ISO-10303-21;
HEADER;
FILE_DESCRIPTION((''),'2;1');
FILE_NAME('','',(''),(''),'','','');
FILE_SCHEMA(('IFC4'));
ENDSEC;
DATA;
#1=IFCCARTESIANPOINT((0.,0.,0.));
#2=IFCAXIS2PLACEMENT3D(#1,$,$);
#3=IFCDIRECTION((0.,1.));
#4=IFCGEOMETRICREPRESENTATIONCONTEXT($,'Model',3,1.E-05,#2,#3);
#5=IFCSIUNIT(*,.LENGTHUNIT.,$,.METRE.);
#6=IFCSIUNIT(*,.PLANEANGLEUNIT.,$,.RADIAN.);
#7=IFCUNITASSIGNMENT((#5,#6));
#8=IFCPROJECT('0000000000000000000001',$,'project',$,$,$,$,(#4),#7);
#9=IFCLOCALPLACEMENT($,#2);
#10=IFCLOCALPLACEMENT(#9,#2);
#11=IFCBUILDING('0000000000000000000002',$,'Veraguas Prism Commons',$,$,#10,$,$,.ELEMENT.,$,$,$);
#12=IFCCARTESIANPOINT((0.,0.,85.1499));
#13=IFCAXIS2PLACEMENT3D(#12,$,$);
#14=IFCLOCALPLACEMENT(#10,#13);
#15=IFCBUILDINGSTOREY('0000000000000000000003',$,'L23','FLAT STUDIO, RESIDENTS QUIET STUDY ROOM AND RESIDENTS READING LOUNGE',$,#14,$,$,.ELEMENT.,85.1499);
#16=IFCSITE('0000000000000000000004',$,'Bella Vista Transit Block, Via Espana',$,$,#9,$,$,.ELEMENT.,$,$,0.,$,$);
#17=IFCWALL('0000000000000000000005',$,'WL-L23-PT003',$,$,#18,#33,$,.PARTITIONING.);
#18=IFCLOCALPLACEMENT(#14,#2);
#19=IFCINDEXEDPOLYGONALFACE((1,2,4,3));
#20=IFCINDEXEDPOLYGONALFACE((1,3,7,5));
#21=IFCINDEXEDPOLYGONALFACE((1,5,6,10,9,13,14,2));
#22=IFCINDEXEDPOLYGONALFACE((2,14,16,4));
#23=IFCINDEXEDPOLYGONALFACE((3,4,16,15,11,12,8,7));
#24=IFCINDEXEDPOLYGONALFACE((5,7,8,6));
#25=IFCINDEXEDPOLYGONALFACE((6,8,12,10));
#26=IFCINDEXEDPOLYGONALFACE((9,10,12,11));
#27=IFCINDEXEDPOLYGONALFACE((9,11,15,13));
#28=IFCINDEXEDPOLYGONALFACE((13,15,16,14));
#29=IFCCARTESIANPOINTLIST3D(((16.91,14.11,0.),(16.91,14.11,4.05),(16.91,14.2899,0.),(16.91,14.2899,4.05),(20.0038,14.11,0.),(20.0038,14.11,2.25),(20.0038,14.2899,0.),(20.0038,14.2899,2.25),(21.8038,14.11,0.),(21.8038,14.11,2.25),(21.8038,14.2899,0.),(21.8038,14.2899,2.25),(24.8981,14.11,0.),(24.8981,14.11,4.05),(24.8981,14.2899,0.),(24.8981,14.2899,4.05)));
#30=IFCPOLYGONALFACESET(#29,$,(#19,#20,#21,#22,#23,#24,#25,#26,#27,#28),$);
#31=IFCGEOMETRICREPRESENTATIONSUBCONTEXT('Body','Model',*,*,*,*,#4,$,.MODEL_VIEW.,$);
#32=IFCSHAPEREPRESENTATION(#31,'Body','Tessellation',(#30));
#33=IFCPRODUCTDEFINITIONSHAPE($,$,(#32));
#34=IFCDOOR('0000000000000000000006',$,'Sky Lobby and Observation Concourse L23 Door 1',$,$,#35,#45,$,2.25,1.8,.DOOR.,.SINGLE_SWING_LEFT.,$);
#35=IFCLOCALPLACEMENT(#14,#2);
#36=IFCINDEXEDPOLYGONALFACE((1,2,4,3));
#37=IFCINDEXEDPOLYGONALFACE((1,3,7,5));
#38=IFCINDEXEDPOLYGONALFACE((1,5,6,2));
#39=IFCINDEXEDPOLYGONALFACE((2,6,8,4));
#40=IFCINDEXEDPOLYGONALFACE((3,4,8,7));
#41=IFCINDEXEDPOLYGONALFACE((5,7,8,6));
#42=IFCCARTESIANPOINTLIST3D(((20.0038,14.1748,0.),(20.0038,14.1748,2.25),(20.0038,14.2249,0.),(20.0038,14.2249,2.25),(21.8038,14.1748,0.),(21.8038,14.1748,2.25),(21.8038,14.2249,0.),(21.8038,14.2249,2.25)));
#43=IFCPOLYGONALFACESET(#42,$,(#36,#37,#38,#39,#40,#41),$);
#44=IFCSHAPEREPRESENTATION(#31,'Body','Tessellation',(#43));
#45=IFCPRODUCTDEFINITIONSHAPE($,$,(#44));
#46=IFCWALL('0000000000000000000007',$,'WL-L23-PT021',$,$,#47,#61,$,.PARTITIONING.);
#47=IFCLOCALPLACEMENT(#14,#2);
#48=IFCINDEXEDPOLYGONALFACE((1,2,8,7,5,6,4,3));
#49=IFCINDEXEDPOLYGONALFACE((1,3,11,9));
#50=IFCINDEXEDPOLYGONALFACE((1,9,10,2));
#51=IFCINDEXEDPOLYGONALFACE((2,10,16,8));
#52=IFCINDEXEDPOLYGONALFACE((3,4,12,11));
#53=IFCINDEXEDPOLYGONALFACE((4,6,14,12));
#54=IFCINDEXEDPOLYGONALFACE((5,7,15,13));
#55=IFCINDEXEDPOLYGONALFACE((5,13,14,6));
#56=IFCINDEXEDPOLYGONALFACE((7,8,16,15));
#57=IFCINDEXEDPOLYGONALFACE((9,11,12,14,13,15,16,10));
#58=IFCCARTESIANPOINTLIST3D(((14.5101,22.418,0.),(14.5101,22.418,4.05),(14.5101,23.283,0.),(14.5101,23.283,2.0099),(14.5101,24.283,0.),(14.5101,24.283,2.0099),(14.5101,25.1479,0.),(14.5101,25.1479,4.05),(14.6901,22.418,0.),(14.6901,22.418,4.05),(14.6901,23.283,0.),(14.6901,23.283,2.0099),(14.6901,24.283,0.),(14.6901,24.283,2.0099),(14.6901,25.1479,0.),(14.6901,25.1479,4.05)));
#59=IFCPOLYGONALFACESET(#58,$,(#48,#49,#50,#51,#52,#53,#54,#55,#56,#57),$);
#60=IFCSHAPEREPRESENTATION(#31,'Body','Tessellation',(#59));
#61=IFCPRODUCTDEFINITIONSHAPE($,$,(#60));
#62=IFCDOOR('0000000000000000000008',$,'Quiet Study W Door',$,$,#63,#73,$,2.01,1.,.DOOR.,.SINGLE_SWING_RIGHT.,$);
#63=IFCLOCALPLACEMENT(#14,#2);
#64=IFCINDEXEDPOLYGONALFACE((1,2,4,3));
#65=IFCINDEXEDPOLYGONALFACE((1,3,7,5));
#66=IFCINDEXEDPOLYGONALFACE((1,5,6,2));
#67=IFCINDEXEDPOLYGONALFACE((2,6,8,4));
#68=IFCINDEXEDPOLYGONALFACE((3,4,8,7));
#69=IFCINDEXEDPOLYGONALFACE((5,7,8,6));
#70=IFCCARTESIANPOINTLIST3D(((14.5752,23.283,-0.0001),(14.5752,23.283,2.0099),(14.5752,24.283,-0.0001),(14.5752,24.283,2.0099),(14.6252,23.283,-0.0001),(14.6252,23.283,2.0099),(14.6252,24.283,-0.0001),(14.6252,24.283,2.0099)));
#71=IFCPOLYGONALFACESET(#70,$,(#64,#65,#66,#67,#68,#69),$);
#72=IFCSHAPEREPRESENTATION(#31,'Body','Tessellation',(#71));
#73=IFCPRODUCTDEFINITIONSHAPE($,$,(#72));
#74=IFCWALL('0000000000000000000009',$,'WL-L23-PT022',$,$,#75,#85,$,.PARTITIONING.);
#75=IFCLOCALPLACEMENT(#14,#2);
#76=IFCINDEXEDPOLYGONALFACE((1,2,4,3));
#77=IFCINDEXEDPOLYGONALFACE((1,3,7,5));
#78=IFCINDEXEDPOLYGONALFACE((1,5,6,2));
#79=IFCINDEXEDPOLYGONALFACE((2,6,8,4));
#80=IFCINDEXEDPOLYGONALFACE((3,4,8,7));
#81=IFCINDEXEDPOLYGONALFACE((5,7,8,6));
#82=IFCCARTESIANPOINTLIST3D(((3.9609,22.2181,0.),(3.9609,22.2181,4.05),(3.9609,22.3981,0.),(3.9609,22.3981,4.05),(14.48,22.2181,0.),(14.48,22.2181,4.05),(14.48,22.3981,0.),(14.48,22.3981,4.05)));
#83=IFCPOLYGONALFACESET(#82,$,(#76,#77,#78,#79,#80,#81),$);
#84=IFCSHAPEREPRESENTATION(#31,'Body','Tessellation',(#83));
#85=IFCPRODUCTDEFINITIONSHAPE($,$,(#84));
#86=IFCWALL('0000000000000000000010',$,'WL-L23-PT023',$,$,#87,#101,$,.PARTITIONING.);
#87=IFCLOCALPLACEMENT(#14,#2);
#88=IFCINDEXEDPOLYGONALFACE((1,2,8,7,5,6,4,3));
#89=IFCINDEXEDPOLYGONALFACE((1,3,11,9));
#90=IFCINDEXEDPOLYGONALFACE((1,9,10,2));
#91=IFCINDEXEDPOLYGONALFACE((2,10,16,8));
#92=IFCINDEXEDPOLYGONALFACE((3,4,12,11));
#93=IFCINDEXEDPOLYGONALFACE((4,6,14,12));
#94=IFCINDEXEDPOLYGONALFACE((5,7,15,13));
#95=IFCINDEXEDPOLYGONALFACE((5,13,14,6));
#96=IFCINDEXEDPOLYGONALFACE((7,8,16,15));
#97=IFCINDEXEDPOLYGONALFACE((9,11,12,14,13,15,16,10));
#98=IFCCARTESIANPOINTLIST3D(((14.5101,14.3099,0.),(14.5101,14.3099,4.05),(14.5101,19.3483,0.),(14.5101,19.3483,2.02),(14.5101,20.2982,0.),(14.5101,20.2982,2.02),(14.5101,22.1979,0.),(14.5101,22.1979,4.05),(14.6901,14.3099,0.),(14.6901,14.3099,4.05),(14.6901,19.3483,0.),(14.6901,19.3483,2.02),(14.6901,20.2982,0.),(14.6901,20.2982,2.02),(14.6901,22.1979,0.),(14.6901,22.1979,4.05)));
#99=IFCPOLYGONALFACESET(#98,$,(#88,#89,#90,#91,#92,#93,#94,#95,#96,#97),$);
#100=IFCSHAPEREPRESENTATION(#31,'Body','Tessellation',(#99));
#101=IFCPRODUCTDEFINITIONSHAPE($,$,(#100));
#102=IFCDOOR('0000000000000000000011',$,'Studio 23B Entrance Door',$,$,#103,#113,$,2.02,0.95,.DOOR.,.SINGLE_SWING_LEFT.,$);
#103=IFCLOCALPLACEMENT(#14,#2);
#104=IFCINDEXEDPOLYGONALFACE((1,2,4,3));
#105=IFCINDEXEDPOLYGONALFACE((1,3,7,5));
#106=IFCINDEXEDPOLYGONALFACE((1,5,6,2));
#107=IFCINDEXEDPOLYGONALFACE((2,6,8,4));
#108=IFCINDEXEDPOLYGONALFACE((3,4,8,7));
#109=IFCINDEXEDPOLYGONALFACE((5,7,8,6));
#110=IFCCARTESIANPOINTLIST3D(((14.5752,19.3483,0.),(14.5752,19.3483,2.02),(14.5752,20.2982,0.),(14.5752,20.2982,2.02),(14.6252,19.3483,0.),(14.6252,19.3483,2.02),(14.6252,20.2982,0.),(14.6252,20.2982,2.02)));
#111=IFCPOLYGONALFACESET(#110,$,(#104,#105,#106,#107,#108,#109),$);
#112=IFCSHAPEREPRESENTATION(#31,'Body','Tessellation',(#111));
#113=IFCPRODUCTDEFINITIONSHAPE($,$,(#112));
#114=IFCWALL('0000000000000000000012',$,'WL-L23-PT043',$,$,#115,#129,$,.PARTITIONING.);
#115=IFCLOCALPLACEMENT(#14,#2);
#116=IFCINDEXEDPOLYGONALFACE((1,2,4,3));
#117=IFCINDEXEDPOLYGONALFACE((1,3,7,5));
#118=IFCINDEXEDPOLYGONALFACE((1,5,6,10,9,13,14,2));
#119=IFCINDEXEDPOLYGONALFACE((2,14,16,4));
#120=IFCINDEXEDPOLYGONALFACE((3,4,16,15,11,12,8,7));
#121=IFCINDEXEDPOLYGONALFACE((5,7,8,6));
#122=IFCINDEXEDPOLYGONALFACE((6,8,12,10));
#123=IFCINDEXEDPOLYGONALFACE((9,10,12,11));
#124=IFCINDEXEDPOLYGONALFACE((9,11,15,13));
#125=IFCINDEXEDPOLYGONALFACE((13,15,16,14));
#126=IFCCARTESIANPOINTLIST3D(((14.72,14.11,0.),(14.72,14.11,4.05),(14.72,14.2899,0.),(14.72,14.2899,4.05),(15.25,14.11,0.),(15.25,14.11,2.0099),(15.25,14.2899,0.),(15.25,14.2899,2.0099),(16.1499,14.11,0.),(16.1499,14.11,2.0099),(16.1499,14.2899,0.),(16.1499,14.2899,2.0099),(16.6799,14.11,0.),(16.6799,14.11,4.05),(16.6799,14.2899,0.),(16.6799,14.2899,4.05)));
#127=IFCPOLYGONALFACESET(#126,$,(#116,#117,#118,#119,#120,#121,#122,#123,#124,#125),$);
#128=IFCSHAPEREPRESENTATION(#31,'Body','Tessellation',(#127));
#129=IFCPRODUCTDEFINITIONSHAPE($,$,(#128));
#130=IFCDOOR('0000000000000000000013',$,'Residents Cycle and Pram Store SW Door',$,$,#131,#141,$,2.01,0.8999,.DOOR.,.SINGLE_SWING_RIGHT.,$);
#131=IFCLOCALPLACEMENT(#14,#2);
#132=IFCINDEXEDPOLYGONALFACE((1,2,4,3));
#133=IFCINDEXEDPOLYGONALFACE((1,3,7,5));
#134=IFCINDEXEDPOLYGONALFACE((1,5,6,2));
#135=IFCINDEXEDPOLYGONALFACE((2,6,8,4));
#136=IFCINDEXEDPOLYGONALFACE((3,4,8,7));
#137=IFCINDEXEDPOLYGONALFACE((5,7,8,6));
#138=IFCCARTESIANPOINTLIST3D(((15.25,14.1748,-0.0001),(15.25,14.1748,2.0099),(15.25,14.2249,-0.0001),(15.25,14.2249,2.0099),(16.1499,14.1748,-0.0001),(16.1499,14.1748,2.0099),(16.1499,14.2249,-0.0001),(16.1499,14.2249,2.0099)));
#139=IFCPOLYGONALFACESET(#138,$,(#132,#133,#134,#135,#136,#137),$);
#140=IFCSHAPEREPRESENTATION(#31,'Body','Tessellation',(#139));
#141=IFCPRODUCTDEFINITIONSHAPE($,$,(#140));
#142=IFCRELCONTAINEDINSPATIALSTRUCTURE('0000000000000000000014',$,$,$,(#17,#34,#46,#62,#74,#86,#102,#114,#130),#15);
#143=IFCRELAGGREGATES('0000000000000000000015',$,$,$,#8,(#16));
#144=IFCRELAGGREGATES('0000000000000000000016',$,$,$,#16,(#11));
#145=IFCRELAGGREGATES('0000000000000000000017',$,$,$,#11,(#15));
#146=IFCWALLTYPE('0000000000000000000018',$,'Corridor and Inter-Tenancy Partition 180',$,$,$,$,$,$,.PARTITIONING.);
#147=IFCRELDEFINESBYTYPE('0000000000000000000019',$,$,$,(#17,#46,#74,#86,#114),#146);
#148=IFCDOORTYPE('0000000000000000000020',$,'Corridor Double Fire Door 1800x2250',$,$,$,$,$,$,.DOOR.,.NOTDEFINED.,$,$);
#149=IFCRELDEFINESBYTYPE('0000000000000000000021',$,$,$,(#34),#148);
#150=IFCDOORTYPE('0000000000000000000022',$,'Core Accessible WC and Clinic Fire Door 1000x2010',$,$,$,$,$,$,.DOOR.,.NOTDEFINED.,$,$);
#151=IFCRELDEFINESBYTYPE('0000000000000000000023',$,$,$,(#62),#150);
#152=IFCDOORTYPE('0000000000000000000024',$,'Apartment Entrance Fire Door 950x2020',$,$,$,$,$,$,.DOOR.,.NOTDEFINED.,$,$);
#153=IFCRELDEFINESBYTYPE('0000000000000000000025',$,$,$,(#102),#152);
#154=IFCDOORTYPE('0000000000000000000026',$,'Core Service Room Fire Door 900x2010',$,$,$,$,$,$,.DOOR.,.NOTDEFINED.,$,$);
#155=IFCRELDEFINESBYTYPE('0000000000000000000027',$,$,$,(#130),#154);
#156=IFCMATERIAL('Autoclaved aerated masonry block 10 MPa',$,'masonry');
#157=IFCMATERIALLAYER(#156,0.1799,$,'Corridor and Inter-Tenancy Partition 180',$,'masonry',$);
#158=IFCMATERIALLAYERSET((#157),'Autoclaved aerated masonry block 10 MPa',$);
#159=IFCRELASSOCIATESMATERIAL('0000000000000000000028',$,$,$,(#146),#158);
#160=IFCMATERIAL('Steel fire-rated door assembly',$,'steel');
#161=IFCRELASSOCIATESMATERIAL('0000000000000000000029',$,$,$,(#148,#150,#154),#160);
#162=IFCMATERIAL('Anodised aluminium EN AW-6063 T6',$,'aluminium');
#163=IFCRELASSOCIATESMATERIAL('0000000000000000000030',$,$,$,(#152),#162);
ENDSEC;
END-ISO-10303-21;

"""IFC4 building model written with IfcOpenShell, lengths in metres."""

from ifc_helpers import new_model, si_unit, direction, frame, frame_2d, origin, place, context, subcontext, project, spatial, rectangle, extrude, source, transform, mapped, material, layer, layer_set, type_object, element, fill, save


model = new_model("IFC4")

# Units and contexts
model_context = context("Model", 3, precision=1e-05, world=origin(), true_north=direction((0.0, 1.0)))
body_context = subcontext(model_context, "Body", "Model", "MODEL_VIEW")
ifc_project = project(units=[si_unit("LENGTHUNIT", "METRE"), si_unit("PLANEANGLEUNIT", "RADIAN")], contexts=[model_context])

# Site, building, storey
site_placement = place(None, origin())
site = spatial("IfcSite", under=ifc_project, at=site_placement, Name="Bella Vista Transit Block, Via Espana", CompositionType="ELEMENT", RefElevation=0.0)
building_placement = place(site_placement, origin())
building = spatial("IfcBuilding", under=site, at=building_placement, Name="Veraguas Prism Commons", CompositionType="ELEMENT")
storey_placement = place(building_placement, frame((0.0, 0.0, 85.1499)))
storey = spatial("IfcBuildingStorey", under=building, at=storey_placement, Name="L23", Description="FLAT STUDIO, RESIDENTS QUIET STUDY ROOM AND RESIDENTS READING LOUNGE", CompositionType="ELEMENT", Elevation=85.1499)

# Shared definitions
ifc_material_1 = material(Name="Steel fire-rated door assembly", Category="steel")

# Walls, openings, doors
ifc_material_2 = material(Name="Autoclaved aerated masonry block 10 MPa", Category="masonry")
ifc_layer_1 = layer(ifc_material_2, 0.1799, Name="Corridor and Inter-Tenancy Partition 180", Category="masonry")
ifc_layer_set_1 = layer_set([ifc_layer_1], Name="Autoclaved aerated masonry block 10 MPa")
wall_type_1 = type_object("IfcWallType", Name="Corridor and Inter-Tenancy Partition 180", PredefinedType="PARTITIONING", material=ifc_layer_set_1)
wall_1_placement = place(storey_placement, frame((16.9099, 14.2, 0.0), z_axis=(0.0, 0.0, 1.0), x_axis=(1.0, 0.0, 0.0)))
wall_1 = element("IfcWall", 1, at=wall_1_placement, inside=storey, type_object=wall_type_1, Name="WL-L23-PT003", PredefinedType="PARTITIONING", context=body_context, shape_type="SweptSolid", body=[
    extrude(rectangle(XDim=7.988, YDim=0.1799, at=frame_2d((3.9941, 0.0))), origin(), (0.0, 0.0, 1.0), 4.05),
])
opening_1_placement = place(wall_1_placement, frame((3.094, 0.0, 0.0)))
opening_1 = element("IfcOpeningElement", 2, at=opening_1_placement, cuts=wall_1, PredefinedType="OPENING", context=body_context, shape_type="SweptSolid", body=[
    extrude(rectangle(XDim=1.8, YDim=2.25, at=frame_2d((0.8999, 1.125))), frame((0.0, 0.0999, 0.0), z_axis=(0.0, -1.0, 0.0), x_axis=(1.0, 0.0, 0.0)), (0.0, 0.0, 1.0), 0.2),
])
door_type_1 = type_object("IfcDoorType", Name="Corridor Double Fire Door 1800x2250", OperationType="NOTDEFINED", PredefinedType="DOOR", material=ifc_material_1)
shared_shape_1 = source(origin(), body_context, "Body", "SweptSolid", [
    extrude(rectangle(XDim=1.8, YDim=2.25, at=frame_2d((0.8999, 1.125))), frame((0.0, 0.0249, 0.0), z_axis=(0.0, -1.0, 0.0), x_axis=(1.0, 0.0, 0.0)), (0.0, 0.0, 1.0), 0.05),
])
door_1_placement = place(opening_1_placement, origin())
door_1 = element("IfcDoor", 3, at=door_1_placement, inside=storey, type_object=door_type_1, Name="Sky Lobby and Observation Concourse L23 Door 1", OperationType="SINGLE_SWING_LEFT", OverallHeight=2.25, OverallWidth=1.8, PredefinedType="DOOR", context=body_context, shape_type="MappedRepresentation", body=[
    mapped(shared_shape_1, transform((0.0, 0.0, 0.0), scale=1.0)),
])
fill(opening_1, door_1)
wall_2_placement = place(storey_placement, frame((14.6001, 22.418, 0.0), z_axis=(0.0, 0.0, 1.0), x_axis=(0.0, 1.0, 0.0)))
wall_2 = element("IfcWall", 4, at=wall_2_placement, inside=storey, type_object=wall_type_1, Name="WL-L23-PT021", PredefinedType="PARTITIONING", context=body_context, shape_type="SweptSolid", body=[
    extrude(rectangle(XDim=2.73, YDim=0.1799, at=frame_2d((1.365, 0.0))), origin(), (0.0, 0.0, 1.0), 4.05),
])
opening_2_placement = place(wall_2_placement, frame((0.865, 0.0, 0.0)))
opening_2 = element("IfcOpeningElement", 5, at=opening_2_placement, cuts=wall_2, PredefinedType="OPENING", context=body_context, shape_type="SweptSolid", body=[
    extrude(rectangle(XDim=1.0, YDim=2.01, at=frame_2d((0.5, 1.0049))), frame((0.0, 0.0999, 0.0), z_axis=(0.0, -1.0, 0.0), x_axis=(1.0, 0.0, 0.0)), (0.0, 0.0, 1.0), 0.2),
])
door_type_2 = type_object("IfcDoorType", Name="Core Accessible WC and Clinic Fire Door 1000x2010", OperationType="NOTDEFINED", PredefinedType="DOOR", material=ifc_material_1)
shared_shape_2 = source(origin(), body_context, "Body", "SweptSolid", [
    extrude(rectangle(XDim=1.0, YDim=2.01, at=frame_2d((0.5, 1.0049))), frame((0.0, 0.0249, 0.0), z_axis=(0.0, -1.0, 0.0), x_axis=(1.0, 0.0, 0.0)), (0.0, 0.0, 1.0), 0.05),
])
door_2_placement = place(opening_2_placement, origin())
door_2 = element("IfcDoor", 6, at=door_2_placement, inside=storey, type_object=door_type_2, Name="Quiet Study W Door", OperationType="SINGLE_SWING_RIGHT", OverallHeight=2.01, OverallWidth=1.0, PredefinedType="DOOR", context=body_context, shape_type="MappedRepresentation", body=[
    mapped(shared_shape_2, transform((0.0, 0.0, 0.0), scale=1.0)),
])
fill(opening_2, door_2)

# Wall
wall_3_placement = place(storey_placement, frame((14.48, 22.3081, 0.0), z_axis=(0.0, 0.0, 1.0), x_axis=(-1.0, 0.0, 0.0)))
element("IfcWall", 7, at=wall_3_placement, inside=storey, type_object=wall_type_1, Name="WL-L23-PT022", PredefinedType="PARTITIONING", context=body_context, shape_type="SweptSolid", body=[
    extrude(rectangle(XDim=10.519, YDim=0.1799, at=frame_2d((5.2595, 0.0))), origin(), (0.0, 0.0, 1.0), 4.05),
])

# Walls, openings, doors
wall_4_placement = place(storey_placement, frame((14.6001, 14.3101, 0.0), z_axis=(0.0, 0.0, 1.0), x_axis=(0.0, 1.0, 0.0)))
wall_4 = element("IfcWall", 8, at=wall_4_placement, inside=storey, type_object=wall_type_1, Name="WL-L23-PT023", PredefinedType="PARTITIONING", context=body_context, shape_type="SweptSolid", body=[
    extrude(rectangle(XDim=7.8879, YDim=0.1799, at=frame_2d((3.9438, 0.0))), origin(), (0.0, 0.0, 1.0), 4.05),
])
opening_3_placement = place(wall_4_placement, frame((5.0381, 0.0, 0.0)))
opening_3 = element("IfcOpeningElement", 9, at=opening_3_placement, cuts=wall_4, PredefinedType="OPENING", context=body_context, shape_type="SweptSolid", body=[
    extrude(rectangle(XDim=0.95, YDim=2.02, at=frame_2d((0.4751, 1.01))), frame((0.0, 0.0999, 0.0), z_axis=(0.0, -1.0, 0.0), x_axis=(1.0, 0.0, 0.0)), (0.0, 0.0, 1.0), 0.2),
])
ifc_material_3 = material(Name="Anodised aluminium EN AW-6063 T6", Category="aluminium")
door_type_3 = type_object("IfcDoorType", Name="Apartment Entrance Fire Door 950x2020", OperationType="NOTDEFINED", PredefinedType="DOOR", material=ifc_material_3)
shared_shape_3 = source(origin(), body_context, "Body", "SweptSolid", [
    extrude(rectangle(XDim=0.95, YDim=2.02, at=frame_2d((0.4751, 1.01))), frame((0.0, 0.0249, 0.0), z_axis=(0.0, -1.0, 0.0), x_axis=(1.0, 0.0, 0.0)), (0.0, 0.0, 1.0), 0.05),
])
door_3_placement = place(opening_3_placement, origin())
door_3 = element("IfcDoor", 10, at=door_3_placement, inside=storey, type_object=door_type_3, Name="Studio 23B Entrance Door", OperationType="SINGLE_SWING_LEFT", OverallHeight=2.02, OverallWidth=0.95, PredefinedType="DOOR", context=body_context, shape_type="MappedRepresentation", body=[
    mapped(shared_shape_3, transform((0.0, 0.0, 0.0), scale=1.0)),
])
fill(opening_3, door_3)
wall_5_placement = place(storey_placement, frame((14.72, 14.2, 0.0), z_axis=(0.0, 0.0, 1.0), x_axis=(1.0, 0.0, 0.0)))
wall_5 = element("IfcWall", 11, at=wall_5_placement, inside=storey, type_object=wall_type_1, Name="WL-L23-PT043", PredefinedType="PARTITIONING", context=body_context, shape_type="SweptSolid", body=[
    extrude(rectangle(XDim=1.96, YDim=0.1799, at=frame_2d((0.98, 0.0))), origin(), (0.0, 0.0, 1.0), 4.05),
])
opening_4_placement = place(wall_5_placement, frame((0.53, 0.0, 0.0)))
opening_4 = element("IfcOpeningElement", 12, at=opening_4_placement, cuts=wall_5, PredefinedType="OPENING", context=body_context, shape_type="SweptSolid", body=[
    extrude(rectangle(XDim=0.8999, YDim=2.01, at=frame_2d((0.45, 1.0049))), frame((0.0, 0.0999, 0.0), z_axis=(0.0, -1.0, 0.0), x_axis=(1.0, 0.0, 0.0)), (0.0, 0.0, 1.0), 0.2),
])
door_type_4 = type_object("IfcDoorType", Name="Core Service Room Fire Door 900x2010", OperationType="NOTDEFINED", PredefinedType="DOOR", material=ifc_material_1)
shared_shape_4 = source(origin(), body_context, "Body", "SweptSolid", [
    extrude(rectangle(XDim=0.8999, YDim=2.01, at=frame_2d((0.45, 1.0049))), frame((0.0, 0.0249, 0.0), z_axis=(0.0, -1.0, 0.0), x_axis=(1.0, 0.0, 0.0)), (0.0, 0.0, 1.0), 0.05),
])
door_4_placement = place(opening_4_placement, origin())
door_4 = element("IfcDoor", 13, at=door_4_placement, inside=storey, type_object=door_type_4, Name="Residents Cycle and Pram Store SW Door", OperationType="SINGLE_SWING_RIGHT", OverallHeight=2.01, OverallWidth=0.8999, PredefinedType="DOOR", context=body_context, shape_type="MappedRepresentation", body=[
    mapped(shared_shape_4, transform((0.0, 0.0, 0.0), scale=1.0)),
])
fill(opening_4, door_4)

save(model, "model.ifc")
